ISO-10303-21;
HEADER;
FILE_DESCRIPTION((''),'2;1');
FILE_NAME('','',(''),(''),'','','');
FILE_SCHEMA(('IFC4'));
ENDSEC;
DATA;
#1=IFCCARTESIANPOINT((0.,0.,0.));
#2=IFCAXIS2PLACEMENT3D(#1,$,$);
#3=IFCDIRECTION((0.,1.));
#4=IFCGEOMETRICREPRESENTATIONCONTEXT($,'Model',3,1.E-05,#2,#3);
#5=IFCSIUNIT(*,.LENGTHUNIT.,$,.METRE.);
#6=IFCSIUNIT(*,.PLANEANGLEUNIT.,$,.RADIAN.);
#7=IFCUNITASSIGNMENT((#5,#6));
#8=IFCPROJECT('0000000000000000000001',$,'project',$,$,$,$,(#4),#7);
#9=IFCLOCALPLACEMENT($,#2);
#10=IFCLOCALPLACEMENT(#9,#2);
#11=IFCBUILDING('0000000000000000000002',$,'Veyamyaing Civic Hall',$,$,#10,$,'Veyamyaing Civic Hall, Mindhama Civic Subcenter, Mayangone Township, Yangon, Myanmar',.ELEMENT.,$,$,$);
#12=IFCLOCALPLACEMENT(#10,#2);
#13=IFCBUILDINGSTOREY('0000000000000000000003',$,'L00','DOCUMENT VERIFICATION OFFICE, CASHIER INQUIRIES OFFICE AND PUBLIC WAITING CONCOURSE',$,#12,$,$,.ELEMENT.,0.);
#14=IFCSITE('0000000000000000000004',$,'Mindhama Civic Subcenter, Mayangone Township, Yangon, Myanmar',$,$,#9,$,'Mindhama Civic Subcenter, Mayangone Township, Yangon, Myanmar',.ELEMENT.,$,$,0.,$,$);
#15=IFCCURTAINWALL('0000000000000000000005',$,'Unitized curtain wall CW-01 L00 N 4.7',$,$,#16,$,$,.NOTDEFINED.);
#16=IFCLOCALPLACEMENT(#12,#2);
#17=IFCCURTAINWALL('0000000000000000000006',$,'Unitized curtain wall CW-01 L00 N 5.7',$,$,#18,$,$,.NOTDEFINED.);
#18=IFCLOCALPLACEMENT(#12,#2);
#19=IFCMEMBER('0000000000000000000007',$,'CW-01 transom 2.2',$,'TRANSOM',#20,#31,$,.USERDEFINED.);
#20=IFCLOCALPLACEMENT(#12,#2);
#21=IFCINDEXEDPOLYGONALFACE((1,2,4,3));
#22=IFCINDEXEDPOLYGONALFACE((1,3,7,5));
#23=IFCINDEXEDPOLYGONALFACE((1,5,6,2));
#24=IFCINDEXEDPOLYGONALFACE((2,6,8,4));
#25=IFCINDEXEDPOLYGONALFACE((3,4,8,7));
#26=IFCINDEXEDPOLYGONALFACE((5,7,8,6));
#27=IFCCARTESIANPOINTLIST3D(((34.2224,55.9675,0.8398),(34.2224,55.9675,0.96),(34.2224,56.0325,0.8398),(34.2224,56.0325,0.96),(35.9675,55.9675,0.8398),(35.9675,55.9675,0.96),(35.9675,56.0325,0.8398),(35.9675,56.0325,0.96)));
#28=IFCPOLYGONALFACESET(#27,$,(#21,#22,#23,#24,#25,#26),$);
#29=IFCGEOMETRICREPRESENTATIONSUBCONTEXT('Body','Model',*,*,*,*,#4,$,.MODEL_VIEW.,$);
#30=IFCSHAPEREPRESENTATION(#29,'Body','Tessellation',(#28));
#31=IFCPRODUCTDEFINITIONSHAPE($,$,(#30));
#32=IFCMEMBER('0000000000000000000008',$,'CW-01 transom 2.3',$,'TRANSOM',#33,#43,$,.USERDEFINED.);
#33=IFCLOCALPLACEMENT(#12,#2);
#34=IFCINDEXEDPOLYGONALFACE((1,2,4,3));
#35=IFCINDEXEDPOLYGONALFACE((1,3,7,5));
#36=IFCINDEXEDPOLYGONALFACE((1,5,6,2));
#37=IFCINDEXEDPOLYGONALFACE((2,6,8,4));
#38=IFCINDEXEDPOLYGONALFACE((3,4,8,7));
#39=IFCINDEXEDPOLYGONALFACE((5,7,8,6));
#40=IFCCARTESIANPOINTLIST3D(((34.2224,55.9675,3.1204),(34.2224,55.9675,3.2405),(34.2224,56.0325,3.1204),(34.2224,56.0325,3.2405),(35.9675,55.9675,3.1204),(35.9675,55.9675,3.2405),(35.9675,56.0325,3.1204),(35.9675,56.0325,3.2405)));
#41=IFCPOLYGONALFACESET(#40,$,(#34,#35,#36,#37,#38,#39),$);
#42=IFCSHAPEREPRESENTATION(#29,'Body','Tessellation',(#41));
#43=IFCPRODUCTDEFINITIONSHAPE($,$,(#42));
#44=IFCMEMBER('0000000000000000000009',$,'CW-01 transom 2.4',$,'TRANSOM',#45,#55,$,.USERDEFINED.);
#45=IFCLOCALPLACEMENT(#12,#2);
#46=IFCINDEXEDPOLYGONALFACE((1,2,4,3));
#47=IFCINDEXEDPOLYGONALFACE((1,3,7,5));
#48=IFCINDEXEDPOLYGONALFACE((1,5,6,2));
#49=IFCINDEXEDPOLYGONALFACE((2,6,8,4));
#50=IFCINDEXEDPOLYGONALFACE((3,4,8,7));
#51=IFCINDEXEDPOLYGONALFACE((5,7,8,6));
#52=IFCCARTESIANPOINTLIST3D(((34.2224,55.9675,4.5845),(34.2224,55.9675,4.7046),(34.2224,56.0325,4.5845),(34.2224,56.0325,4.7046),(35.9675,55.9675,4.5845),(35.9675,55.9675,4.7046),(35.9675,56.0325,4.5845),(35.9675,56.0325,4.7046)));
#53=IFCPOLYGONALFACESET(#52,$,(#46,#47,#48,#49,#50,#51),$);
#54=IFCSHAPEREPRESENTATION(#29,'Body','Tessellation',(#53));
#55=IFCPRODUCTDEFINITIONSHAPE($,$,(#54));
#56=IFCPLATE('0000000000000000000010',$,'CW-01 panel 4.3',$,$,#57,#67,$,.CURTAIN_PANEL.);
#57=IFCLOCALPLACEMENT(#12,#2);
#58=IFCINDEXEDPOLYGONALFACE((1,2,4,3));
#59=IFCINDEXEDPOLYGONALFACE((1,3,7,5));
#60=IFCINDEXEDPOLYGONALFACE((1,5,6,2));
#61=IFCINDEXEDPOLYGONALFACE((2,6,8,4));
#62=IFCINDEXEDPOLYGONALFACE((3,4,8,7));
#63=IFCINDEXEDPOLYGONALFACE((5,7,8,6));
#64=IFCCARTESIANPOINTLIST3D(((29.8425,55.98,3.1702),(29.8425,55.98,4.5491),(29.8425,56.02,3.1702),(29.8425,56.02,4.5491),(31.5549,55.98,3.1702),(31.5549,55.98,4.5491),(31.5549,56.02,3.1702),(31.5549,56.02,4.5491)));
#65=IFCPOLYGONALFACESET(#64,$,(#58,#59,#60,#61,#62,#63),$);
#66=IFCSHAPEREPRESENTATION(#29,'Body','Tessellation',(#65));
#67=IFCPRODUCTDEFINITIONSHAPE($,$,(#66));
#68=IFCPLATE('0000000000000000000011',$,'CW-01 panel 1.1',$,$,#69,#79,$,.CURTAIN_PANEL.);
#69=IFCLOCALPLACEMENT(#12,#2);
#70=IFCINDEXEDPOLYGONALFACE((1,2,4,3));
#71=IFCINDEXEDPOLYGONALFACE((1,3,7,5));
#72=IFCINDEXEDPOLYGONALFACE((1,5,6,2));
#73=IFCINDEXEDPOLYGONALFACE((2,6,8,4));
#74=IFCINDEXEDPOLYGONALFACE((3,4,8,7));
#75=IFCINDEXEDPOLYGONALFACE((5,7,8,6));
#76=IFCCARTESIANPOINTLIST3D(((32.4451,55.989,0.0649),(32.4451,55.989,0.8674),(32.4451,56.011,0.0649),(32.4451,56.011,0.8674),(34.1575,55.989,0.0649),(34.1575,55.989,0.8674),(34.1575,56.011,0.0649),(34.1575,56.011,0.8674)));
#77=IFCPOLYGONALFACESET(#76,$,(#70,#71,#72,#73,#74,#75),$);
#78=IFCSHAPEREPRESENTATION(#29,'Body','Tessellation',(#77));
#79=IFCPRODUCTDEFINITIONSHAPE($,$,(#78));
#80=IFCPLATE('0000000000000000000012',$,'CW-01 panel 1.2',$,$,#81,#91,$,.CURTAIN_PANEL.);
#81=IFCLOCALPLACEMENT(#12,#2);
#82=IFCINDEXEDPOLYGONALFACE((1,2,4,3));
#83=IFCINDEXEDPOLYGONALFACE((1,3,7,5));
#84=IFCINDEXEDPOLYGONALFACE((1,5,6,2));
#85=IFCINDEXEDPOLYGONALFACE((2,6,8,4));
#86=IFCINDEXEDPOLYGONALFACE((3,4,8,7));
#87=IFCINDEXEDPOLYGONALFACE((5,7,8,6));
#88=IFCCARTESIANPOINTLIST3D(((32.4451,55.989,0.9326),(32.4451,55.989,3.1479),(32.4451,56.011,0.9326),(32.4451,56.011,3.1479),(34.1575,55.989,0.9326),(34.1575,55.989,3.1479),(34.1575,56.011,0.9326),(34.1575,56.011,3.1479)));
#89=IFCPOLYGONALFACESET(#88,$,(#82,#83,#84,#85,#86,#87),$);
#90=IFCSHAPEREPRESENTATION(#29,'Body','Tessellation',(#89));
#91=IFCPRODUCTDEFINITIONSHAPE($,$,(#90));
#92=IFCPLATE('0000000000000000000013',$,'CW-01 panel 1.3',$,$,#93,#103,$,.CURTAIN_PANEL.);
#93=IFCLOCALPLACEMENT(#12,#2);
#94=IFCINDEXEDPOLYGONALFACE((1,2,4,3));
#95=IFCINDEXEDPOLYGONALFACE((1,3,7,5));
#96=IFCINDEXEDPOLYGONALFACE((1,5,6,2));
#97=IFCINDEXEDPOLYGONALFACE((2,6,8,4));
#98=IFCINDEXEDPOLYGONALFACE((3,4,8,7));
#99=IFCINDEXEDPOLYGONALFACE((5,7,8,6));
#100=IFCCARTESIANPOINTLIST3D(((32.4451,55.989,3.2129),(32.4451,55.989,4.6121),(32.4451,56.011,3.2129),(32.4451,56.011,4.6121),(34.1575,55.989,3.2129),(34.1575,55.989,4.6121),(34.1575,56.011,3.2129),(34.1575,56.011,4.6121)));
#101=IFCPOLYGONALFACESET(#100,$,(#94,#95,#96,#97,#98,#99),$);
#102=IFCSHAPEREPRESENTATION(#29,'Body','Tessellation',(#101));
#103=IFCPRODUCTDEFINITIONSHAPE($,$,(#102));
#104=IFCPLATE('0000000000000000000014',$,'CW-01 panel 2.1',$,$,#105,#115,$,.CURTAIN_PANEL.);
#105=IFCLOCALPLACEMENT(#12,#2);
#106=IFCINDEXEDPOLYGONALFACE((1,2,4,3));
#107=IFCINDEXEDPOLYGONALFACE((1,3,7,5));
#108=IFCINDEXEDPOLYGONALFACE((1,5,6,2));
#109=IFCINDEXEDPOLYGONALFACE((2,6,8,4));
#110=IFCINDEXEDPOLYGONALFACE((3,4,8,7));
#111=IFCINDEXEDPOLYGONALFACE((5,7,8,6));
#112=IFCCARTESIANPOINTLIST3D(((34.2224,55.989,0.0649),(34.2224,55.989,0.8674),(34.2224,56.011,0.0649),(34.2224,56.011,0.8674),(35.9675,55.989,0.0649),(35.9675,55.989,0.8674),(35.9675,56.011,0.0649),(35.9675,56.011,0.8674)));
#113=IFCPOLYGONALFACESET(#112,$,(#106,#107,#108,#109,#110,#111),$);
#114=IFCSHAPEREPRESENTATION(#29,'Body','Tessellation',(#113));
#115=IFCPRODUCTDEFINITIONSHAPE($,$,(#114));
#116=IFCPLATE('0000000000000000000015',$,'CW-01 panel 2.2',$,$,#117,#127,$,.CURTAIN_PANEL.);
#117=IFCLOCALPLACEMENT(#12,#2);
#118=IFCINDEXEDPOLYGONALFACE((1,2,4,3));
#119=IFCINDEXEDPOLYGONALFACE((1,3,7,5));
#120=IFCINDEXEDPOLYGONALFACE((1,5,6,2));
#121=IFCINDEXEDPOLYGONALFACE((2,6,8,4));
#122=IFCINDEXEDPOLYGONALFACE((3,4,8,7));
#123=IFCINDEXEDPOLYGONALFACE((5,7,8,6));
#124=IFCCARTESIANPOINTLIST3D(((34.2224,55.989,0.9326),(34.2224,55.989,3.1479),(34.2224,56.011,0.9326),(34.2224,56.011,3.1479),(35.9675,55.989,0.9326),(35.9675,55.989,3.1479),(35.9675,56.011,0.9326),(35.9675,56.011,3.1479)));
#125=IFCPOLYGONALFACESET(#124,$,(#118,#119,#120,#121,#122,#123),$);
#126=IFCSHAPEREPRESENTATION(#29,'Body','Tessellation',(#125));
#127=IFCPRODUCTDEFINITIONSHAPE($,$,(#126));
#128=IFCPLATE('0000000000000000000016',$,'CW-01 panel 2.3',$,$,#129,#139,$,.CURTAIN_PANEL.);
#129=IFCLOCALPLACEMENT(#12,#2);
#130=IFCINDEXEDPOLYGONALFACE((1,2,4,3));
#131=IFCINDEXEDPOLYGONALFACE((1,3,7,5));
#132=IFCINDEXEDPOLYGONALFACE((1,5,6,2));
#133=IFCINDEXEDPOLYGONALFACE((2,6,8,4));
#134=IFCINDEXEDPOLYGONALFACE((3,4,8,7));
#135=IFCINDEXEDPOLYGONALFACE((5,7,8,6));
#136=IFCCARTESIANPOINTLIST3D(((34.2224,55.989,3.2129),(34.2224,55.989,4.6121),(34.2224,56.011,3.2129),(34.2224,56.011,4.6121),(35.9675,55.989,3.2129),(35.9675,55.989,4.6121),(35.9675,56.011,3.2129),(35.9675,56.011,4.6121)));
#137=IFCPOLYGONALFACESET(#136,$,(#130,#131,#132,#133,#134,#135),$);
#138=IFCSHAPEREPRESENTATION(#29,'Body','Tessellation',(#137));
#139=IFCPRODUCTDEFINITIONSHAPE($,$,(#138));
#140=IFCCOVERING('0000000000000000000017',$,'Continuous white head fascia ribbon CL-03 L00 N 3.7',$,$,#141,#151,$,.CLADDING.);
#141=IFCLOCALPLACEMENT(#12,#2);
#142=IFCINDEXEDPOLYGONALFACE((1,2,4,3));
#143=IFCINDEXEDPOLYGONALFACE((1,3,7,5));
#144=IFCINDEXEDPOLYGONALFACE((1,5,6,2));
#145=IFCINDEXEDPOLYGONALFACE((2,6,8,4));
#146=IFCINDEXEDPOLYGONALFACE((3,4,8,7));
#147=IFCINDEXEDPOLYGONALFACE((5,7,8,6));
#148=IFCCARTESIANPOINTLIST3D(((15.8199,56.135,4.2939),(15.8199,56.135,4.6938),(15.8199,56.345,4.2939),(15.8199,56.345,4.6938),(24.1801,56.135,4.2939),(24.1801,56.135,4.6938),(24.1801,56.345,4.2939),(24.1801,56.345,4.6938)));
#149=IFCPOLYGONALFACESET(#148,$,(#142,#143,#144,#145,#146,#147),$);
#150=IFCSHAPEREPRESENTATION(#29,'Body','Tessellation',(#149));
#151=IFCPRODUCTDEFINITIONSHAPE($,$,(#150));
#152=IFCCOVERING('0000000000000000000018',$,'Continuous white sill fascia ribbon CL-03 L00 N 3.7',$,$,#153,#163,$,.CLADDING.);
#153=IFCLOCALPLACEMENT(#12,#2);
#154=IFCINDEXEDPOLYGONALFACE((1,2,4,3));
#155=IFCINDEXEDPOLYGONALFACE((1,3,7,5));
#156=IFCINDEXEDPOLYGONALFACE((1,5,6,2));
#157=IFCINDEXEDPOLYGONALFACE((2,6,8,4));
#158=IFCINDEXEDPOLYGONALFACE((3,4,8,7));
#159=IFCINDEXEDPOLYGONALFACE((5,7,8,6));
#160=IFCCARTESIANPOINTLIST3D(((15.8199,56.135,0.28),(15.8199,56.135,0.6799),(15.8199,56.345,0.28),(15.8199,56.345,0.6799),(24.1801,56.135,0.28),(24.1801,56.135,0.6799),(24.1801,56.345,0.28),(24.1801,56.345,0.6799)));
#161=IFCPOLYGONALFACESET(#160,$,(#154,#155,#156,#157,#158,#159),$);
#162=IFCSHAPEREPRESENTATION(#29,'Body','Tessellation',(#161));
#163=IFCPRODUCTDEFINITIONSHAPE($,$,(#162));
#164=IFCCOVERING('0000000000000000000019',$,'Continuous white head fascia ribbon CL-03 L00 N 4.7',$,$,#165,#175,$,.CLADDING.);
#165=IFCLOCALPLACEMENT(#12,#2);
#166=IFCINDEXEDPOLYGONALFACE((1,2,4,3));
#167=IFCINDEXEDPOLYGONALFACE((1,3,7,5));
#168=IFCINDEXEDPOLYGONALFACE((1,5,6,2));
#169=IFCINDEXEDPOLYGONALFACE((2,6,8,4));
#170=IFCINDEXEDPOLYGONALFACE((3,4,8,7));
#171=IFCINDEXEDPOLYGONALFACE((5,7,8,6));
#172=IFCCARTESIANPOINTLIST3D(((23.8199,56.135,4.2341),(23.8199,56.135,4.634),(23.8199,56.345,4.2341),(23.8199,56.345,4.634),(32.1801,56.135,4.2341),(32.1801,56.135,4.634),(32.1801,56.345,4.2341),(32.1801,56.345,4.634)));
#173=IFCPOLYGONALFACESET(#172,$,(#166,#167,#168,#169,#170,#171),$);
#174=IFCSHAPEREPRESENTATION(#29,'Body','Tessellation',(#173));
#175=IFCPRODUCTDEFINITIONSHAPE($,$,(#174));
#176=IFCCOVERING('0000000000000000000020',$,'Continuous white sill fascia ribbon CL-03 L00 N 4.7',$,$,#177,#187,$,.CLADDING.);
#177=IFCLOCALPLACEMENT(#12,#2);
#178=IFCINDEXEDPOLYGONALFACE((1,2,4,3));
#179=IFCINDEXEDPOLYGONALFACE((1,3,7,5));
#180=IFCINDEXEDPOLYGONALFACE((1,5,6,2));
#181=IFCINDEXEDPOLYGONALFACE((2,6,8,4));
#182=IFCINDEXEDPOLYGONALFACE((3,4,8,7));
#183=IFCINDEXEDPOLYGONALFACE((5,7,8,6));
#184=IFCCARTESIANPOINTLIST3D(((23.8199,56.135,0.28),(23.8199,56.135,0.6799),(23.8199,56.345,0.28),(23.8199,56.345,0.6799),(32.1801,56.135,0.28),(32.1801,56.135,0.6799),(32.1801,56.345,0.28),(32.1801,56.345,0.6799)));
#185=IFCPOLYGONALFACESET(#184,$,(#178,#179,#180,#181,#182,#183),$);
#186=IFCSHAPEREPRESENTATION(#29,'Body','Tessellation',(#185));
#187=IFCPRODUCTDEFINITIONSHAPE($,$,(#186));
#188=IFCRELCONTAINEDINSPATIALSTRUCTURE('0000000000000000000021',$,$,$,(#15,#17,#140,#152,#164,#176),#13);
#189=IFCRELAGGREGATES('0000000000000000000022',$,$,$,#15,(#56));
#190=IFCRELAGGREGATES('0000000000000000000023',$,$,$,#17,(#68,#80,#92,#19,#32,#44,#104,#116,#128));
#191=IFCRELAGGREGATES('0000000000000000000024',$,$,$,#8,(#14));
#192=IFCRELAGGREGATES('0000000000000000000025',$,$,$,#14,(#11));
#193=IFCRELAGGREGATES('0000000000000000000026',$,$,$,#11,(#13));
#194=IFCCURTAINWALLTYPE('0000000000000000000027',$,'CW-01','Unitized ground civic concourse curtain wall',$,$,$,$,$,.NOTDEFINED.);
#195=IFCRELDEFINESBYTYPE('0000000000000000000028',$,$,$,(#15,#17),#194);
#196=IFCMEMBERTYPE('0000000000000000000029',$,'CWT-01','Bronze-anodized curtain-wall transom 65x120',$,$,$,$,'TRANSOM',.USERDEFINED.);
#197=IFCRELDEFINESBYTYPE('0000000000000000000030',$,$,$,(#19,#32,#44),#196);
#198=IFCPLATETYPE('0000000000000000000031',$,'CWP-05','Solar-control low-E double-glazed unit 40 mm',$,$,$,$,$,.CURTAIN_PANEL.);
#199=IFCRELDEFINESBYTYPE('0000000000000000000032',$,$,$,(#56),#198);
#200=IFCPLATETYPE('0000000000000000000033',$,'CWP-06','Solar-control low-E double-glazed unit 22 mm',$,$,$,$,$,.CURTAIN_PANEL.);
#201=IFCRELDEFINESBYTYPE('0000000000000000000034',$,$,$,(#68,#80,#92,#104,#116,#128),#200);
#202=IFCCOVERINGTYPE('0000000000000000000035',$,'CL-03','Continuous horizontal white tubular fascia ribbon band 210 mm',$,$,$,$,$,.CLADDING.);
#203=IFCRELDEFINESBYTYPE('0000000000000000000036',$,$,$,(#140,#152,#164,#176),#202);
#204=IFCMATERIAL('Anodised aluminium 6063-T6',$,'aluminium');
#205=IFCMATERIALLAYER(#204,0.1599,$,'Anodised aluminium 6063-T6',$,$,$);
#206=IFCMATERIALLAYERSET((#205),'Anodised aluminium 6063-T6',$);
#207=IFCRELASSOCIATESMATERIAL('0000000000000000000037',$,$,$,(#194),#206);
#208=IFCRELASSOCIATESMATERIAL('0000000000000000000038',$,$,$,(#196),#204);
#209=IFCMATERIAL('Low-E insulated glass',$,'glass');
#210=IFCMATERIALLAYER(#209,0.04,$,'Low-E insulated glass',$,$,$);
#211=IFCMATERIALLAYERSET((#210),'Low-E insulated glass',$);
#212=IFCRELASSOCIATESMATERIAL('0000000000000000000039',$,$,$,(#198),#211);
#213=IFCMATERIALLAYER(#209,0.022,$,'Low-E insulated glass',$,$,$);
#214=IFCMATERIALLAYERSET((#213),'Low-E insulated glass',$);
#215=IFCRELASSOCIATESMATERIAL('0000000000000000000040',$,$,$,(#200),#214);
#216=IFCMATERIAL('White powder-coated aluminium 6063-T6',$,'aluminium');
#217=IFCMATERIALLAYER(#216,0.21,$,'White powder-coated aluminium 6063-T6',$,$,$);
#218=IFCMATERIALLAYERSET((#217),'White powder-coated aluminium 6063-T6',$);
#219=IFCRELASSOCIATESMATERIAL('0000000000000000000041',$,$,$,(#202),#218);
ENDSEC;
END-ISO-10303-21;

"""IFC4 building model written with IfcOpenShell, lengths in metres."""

from ifc_helpers import new_model, si_unit, direction, frame, origin, origin_2d, place, context, subcontext, project, spatial, rectangle, extrude, material, layer, layer_set, material_profile, profile_set, type_object, element, aggregate, save


model = new_model("IFC4")

# Units and contexts
model_context = context("Model", 3, precision=1e-05, world=origin(), true_north=direction((0.0, 1.0)))
body_context = subcontext(model_context, "Body", "Model", "MODEL_VIEW")
ifc_project = project(units=[si_unit("LENGTHUNIT", "METRE"), si_unit("PLANEANGLEUNIT", "RADIAN")], contexts=[model_context])

# Site, building, storey
site_placement = place(None, origin())
site = spatial("IfcSite", under=ifc_project, at=site_placement, Name="Mindhama Civic Subcenter, Mayangone Township, Yangon, Myanmar", LongName="Mindhama Civic Subcenter, Mayangone Township, Yangon, Myanmar", CompositionType="ELEMENT", RefElevation=0.0)
building_placement = place(site_placement, origin())
building = spatial("IfcBuilding", under=site, at=building_placement, Name="Veyamyaing Civic Hall", LongName="Veyamyaing Civic Hall, Mindhama Civic Subcenter, Mayangone Township, Yangon, Myanmar", CompositionType="ELEMENT")
storey_placement = place(building_placement, origin())
storey = spatial("IfcBuildingStorey", under=building, at=storey_placement, Name="L00", Description="DOCUMENT VERIFICATION OFFICE, CASHIER INQUIRIES OFFICE AND PUBLIC WAITING CONCOURSE", CompositionType="ELEMENT", Elevation=0.0)

# Curtain wall
ifc_material_1 = material(Name="Anodised aluminium 6063-T6", Category="aluminium")
ifc_layer_1 = layer(ifc_material_1, 0.1599, Name="Anodised aluminium 6063-T6")
ifc_layer_set_1 = layer_set([ifc_layer_1], Name="Anodised aluminium 6063-T6")
curtain_wall_type = type_object("IfcCurtainWallType", Name="CW-01", Description="Unitized ground civic concourse curtain wall", PredefinedType="NOTDEFINED", material=ifc_layer_set_1)
curtain_wall_1_placement = place(storey_placement, origin())
curtain_wall_1 = element("IfcCurtainWall", 1, at=curtain_wall_1_placement, inside=storey, type_object=curtain_wall_type, Name="Unitized curtain wall CW-01 L00 N 4.7", PredefinedType="NOTDEFINED")

# Curtain wall, members
curtain_wall_2_placement = place(storey_placement, origin())
curtain_wall_2 = element("IfcCurtainWall", 2, at=curtain_wall_2_placement, inside=storey, type_object=curtain_wall_type, Name="Unitized curtain wall CW-01 L00 N 5.7", PredefinedType="NOTDEFINED")
ifc_material_profile_1 = material_profile(ifc_material_1, rectangle(XDim=0.0649, YDim=0.1201, at=origin_2d()), Name="ALU-TRN-65X120")
ifc_profile_set_1 = profile_set([ifc_material_profile_1], Name="Anodised aluminium 6063-T6")
member_type_1 = type_object("IfcMemberType", Name="CWT-01", Description="Bronze-anodized curtain-wall transom 65x120", ElementType="TRANSOM", PredefinedType="USERDEFINED", material=ifc_profile_set_1)
member_1_placement = place(storey_placement, frame((34.2224, 56.0, 0.8999), z_axis=(1.0, 0.0, 0.0), x_axis=(0.0, 1.0, 0.0)))
member_1 = element("IfcMember", 3, at=member_1_placement, type_object=member_type_1, Name="CW-01 transom 2.2", ObjectType="TRANSOM", PredefinedType="USERDEFINED", context=body_context, shape_type="SweptSolid", body=[
    extrude(rectangle(XDim=0.0649, YDim=0.1201, at=origin_2d()), origin(), (0.0, 0.0, 1.0), 1.7451),
])
member_2_placement = place(storey_placement, frame((34.2224, 56.0, 3.1804), z_axis=(1.0, 0.0, 0.0), x_axis=(0.0, 1.0, 0.0)))
member_2 = element("IfcMember", 4, at=member_2_placement, type_object=member_type_1, Name="CW-01 transom 2.3", ObjectType="TRANSOM", PredefinedType="USERDEFINED", context=body_context, shape_type="SweptSolid", body=[
    extrude(rectangle(XDim=0.0649, YDim=0.1201, at=origin_2d()), origin(), (0.0, 0.0, 1.0), 1.7451),
])
member_3_placement = place(storey_placement, frame((34.2224, 56.0, 4.6445), z_axis=(1.0, 0.0, 0.0), x_axis=(0.0, 1.0, 0.0)))
member_3 = element("IfcMember", 5, at=member_3_placement, type_object=member_type_1, Name="CW-01 transom 2.4", ObjectType="TRANSOM", PredefinedType="USERDEFINED", context=body_context, shape_type="SweptSolid", body=[
    extrude(rectangle(XDim=0.0649, YDim=0.1201, at=origin_2d()), origin(), (0.0, 0.0, 1.0), 1.7451),
])

# Plates
ifc_material_2 = material(Name="Low-E insulated glass", Category="glass")
ifc_layer_2 = layer(ifc_material_2, 0.04, Name="Low-E insulated glass")
ifc_layer_set_2 = layer_set([ifc_layer_2], Name="Low-E insulated glass")
plate_type_1 = type_object("IfcPlateType", Name="CWP-05", Description="Solar-control low-E double-glazed unit 40 mm", PredefinedType="CURTAIN_PANEL", material=ifc_layer_set_2)
plate_1_placement = place(storey_placement, frame((30.6987, 56.0, 3.1702), z_axis=(0.0, 0.0, 1.0), x_axis=(1.0, 0.0, 0.0)))
plate_1 = element("IfcPlate", 6, at=plate_1_placement, type_object=plate_type_1, Name="CW-01 panel 4.3", PredefinedType="CURTAIN_PANEL", context=body_context, shape_type="SweptSolid", body=[
    extrude(rectangle(XDim=1.7124, YDim=0.04, at=origin_2d()), origin(), (0.0, 0.0, 1.0), 1.3789),
])
aggregate(curtain_wall_1, [plate_1])
ifc_layer_3 = layer(ifc_material_2, 0.022, Name="Low-E insulated glass")
ifc_layer_set_3 = layer_set([ifc_layer_3], Name="Low-E insulated glass")
plate_type_2 = type_object("IfcPlateType", Name="CWP-06", Description="Solar-control low-E double-glazed unit 22 mm", PredefinedType="CURTAIN_PANEL", material=ifc_layer_set_3)
plate_2_placement = place(storey_placement, frame((33.3013, 56.0, 0.0649), z_axis=(0.0, 0.0, 1.0), x_axis=(1.0, 0.0, 0.0)))
plate_2 = element("IfcPlate", 7, at=plate_2_placement, type_object=plate_type_2, Name="CW-01 panel 1.1", PredefinedType="CURTAIN_PANEL", context=body_context, shape_type="SweptSolid", body=[
    extrude(rectangle(XDim=1.7124, YDim=0.022, at=origin_2d()), origin(), (0.0, 0.0, 1.0), 0.8025),
])
plate_3_placement = place(storey_placement, frame((33.3013, 56.0, 0.9326), z_axis=(0.0, 0.0, 1.0), x_axis=(1.0, 0.0, 0.0)))
plate_3 = element("IfcPlate", 8, at=plate_3_placement, type_object=plate_type_2, Name="CW-01 panel 1.2", PredefinedType="CURTAIN_PANEL", context=body_context, shape_type="SweptSolid", body=[
    extrude(rectangle(XDim=1.7124, YDim=0.022, at=origin_2d()), origin(), (0.0, 0.0, 1.0), 2.2153),
])
plate_4_placement = place(storey_placement, frame((33.3013, 56.0, 3.2129), z_axis=(0.0, 0.0, 1.0), x_axis=(1.0, 0.0, 0.0)))
plate_4 = element("IfcPlate", 9, at=plate_4_placement, type_object=plate_type_2, Name="CW-01 panel 1.3", PredefinedType="CURTAIN_PANEL", context=body_context, shape_type="SweptSolid", body=[
    extrude(rectangle(XDim=1.7124, YDim=0.022, at=origin_2d()), origin(), (0.0, 0.0, 1.0), 1.3992),
])
plate_5_placement = place(storey_placement, frame((35.095, 56.0, 0.0649), z_axis=(0.0, 0.0, 1.0), x_axis=(1.0, 0.0, 0.0)))
plate_5 = element("IfcPlate", 10, at=plate_5_placement, type_object=plate_type_2, Name="CW-01 panel 2.1", PredefinedType="CURTAIN_PANEL", context=body_context, shape_type="SweptSolid", body=[
    extrude(rectangle(XDim=1.7451, YDim=0.022, at=origin_2d()), origin(), (0.0, 0.0, 1.0), 0.8025),
])
plate_6_placement = place(storey_placement, frame((35.095, 56.0, 0.9326), z_axis=(0.0, 0.0, 1.0), x_axis=(1.0, 0.0, 0.0)))
plate_6 = element("IfcPlate", 11, at=plate_6_placement, type_object=plate_type_2, Name="CW-01 panel 2.2", PredefinedType="CURTAIN_PANEL", context=body_context, shape_type="SweptSolid", body=[
    extrude(rectangle(XDim=1.7451, YDim=0.022, at=origin_2d()), origin(), (0.0, 0.0, 1.0), 2.2153),
])
plate_7_placement = place(storey_placement, frame((35.095, 56.0, 3.2129), z_axis=(0.0, 0.0, 1.0), x_axis=(1.0, 0.0, 0.0)))
plate_7 = element("IfcPlate", 12, at=plate_7_placement, type_object=plate_type_2, Name="CW-01 panel 2.3", PredefinedType="CURTAIN_PANEL", context=body_context, shape_type="SweptSolid", body=[
    extrude(rectangle(XDim=1.7451, YDim=0.022, at=origin_2d()), origin(), (0.0, 0.0, 1.0), 1.3992),
])
aggregate(curtain_wall_2, [plate_2, plate_3, plate_4, member_1, member_2, member_3, plate_5, plate_6, plate_7])

# Coverings
ifc_material_3 = material(Name="White powder-coated aluminium 6063-T6", Category="aluminium")
ifc_layer_4 = layer(ifc_material_3, 0.21, Name="White powder-coated aluminium 6063-T6")
ifc_layer_set_4 = layer_set([ifc_layer_4], Name="White powder-coated aluminium 6063-T6")
covering_type = type_object("IfcCoveringType", Name="CL-03", Description="Continuous horizontal white tubular fascia ribbon band 210 mm", PredefinedType="CLADDING", material=ifc_layer_set_4)
for number, where, z_axis, x_axis, name in (
    (13, (20.0, 56.24, 4.2939), (0.0, 0.0, 1.0), (1.0, 0.0, 0.0), "Continuous white head fascia ribbon CL-03 L00 N 3.7"),
    (14, (20.0, 56.24, 0.28), (0.0, 0.0, 1.0), (1.0, 0.0, 0.0), "Continuous white sill fascia ribbon CL-03 L00 N 3.7"),
    (15, (28.0, 56.24, 4.2341), (0.0, 0.0, 1.0), (1.0, 0.0, 0.0), "Continuous white head fascia ribbon CL-03 L00 N 4.7"),
    (16, (28.0, 56.24, 0.28), (0.0, 0.0, 1.0), (1.0, 0.0, 0.0), "Continuous white sill fascia ribbon CL-03 L00 N 4.7"),
):
    element("IfcCovering", number, at=place(storey_placement, frame(where, z_axis=z_axis, x_axis=x_axis)), inside=storey, type_object=covering_type, Name=name, PredefinedType="CLADDING", context=body_context, shape_type="SweptSolid", body=[
        extrude(rectangle(XDim=8.3601, YDim=0.21, at=origin_2d()), origin(), (0.0, 0.0, 1.0), 0.3999),
    ])

save(model, "model.ifc")
